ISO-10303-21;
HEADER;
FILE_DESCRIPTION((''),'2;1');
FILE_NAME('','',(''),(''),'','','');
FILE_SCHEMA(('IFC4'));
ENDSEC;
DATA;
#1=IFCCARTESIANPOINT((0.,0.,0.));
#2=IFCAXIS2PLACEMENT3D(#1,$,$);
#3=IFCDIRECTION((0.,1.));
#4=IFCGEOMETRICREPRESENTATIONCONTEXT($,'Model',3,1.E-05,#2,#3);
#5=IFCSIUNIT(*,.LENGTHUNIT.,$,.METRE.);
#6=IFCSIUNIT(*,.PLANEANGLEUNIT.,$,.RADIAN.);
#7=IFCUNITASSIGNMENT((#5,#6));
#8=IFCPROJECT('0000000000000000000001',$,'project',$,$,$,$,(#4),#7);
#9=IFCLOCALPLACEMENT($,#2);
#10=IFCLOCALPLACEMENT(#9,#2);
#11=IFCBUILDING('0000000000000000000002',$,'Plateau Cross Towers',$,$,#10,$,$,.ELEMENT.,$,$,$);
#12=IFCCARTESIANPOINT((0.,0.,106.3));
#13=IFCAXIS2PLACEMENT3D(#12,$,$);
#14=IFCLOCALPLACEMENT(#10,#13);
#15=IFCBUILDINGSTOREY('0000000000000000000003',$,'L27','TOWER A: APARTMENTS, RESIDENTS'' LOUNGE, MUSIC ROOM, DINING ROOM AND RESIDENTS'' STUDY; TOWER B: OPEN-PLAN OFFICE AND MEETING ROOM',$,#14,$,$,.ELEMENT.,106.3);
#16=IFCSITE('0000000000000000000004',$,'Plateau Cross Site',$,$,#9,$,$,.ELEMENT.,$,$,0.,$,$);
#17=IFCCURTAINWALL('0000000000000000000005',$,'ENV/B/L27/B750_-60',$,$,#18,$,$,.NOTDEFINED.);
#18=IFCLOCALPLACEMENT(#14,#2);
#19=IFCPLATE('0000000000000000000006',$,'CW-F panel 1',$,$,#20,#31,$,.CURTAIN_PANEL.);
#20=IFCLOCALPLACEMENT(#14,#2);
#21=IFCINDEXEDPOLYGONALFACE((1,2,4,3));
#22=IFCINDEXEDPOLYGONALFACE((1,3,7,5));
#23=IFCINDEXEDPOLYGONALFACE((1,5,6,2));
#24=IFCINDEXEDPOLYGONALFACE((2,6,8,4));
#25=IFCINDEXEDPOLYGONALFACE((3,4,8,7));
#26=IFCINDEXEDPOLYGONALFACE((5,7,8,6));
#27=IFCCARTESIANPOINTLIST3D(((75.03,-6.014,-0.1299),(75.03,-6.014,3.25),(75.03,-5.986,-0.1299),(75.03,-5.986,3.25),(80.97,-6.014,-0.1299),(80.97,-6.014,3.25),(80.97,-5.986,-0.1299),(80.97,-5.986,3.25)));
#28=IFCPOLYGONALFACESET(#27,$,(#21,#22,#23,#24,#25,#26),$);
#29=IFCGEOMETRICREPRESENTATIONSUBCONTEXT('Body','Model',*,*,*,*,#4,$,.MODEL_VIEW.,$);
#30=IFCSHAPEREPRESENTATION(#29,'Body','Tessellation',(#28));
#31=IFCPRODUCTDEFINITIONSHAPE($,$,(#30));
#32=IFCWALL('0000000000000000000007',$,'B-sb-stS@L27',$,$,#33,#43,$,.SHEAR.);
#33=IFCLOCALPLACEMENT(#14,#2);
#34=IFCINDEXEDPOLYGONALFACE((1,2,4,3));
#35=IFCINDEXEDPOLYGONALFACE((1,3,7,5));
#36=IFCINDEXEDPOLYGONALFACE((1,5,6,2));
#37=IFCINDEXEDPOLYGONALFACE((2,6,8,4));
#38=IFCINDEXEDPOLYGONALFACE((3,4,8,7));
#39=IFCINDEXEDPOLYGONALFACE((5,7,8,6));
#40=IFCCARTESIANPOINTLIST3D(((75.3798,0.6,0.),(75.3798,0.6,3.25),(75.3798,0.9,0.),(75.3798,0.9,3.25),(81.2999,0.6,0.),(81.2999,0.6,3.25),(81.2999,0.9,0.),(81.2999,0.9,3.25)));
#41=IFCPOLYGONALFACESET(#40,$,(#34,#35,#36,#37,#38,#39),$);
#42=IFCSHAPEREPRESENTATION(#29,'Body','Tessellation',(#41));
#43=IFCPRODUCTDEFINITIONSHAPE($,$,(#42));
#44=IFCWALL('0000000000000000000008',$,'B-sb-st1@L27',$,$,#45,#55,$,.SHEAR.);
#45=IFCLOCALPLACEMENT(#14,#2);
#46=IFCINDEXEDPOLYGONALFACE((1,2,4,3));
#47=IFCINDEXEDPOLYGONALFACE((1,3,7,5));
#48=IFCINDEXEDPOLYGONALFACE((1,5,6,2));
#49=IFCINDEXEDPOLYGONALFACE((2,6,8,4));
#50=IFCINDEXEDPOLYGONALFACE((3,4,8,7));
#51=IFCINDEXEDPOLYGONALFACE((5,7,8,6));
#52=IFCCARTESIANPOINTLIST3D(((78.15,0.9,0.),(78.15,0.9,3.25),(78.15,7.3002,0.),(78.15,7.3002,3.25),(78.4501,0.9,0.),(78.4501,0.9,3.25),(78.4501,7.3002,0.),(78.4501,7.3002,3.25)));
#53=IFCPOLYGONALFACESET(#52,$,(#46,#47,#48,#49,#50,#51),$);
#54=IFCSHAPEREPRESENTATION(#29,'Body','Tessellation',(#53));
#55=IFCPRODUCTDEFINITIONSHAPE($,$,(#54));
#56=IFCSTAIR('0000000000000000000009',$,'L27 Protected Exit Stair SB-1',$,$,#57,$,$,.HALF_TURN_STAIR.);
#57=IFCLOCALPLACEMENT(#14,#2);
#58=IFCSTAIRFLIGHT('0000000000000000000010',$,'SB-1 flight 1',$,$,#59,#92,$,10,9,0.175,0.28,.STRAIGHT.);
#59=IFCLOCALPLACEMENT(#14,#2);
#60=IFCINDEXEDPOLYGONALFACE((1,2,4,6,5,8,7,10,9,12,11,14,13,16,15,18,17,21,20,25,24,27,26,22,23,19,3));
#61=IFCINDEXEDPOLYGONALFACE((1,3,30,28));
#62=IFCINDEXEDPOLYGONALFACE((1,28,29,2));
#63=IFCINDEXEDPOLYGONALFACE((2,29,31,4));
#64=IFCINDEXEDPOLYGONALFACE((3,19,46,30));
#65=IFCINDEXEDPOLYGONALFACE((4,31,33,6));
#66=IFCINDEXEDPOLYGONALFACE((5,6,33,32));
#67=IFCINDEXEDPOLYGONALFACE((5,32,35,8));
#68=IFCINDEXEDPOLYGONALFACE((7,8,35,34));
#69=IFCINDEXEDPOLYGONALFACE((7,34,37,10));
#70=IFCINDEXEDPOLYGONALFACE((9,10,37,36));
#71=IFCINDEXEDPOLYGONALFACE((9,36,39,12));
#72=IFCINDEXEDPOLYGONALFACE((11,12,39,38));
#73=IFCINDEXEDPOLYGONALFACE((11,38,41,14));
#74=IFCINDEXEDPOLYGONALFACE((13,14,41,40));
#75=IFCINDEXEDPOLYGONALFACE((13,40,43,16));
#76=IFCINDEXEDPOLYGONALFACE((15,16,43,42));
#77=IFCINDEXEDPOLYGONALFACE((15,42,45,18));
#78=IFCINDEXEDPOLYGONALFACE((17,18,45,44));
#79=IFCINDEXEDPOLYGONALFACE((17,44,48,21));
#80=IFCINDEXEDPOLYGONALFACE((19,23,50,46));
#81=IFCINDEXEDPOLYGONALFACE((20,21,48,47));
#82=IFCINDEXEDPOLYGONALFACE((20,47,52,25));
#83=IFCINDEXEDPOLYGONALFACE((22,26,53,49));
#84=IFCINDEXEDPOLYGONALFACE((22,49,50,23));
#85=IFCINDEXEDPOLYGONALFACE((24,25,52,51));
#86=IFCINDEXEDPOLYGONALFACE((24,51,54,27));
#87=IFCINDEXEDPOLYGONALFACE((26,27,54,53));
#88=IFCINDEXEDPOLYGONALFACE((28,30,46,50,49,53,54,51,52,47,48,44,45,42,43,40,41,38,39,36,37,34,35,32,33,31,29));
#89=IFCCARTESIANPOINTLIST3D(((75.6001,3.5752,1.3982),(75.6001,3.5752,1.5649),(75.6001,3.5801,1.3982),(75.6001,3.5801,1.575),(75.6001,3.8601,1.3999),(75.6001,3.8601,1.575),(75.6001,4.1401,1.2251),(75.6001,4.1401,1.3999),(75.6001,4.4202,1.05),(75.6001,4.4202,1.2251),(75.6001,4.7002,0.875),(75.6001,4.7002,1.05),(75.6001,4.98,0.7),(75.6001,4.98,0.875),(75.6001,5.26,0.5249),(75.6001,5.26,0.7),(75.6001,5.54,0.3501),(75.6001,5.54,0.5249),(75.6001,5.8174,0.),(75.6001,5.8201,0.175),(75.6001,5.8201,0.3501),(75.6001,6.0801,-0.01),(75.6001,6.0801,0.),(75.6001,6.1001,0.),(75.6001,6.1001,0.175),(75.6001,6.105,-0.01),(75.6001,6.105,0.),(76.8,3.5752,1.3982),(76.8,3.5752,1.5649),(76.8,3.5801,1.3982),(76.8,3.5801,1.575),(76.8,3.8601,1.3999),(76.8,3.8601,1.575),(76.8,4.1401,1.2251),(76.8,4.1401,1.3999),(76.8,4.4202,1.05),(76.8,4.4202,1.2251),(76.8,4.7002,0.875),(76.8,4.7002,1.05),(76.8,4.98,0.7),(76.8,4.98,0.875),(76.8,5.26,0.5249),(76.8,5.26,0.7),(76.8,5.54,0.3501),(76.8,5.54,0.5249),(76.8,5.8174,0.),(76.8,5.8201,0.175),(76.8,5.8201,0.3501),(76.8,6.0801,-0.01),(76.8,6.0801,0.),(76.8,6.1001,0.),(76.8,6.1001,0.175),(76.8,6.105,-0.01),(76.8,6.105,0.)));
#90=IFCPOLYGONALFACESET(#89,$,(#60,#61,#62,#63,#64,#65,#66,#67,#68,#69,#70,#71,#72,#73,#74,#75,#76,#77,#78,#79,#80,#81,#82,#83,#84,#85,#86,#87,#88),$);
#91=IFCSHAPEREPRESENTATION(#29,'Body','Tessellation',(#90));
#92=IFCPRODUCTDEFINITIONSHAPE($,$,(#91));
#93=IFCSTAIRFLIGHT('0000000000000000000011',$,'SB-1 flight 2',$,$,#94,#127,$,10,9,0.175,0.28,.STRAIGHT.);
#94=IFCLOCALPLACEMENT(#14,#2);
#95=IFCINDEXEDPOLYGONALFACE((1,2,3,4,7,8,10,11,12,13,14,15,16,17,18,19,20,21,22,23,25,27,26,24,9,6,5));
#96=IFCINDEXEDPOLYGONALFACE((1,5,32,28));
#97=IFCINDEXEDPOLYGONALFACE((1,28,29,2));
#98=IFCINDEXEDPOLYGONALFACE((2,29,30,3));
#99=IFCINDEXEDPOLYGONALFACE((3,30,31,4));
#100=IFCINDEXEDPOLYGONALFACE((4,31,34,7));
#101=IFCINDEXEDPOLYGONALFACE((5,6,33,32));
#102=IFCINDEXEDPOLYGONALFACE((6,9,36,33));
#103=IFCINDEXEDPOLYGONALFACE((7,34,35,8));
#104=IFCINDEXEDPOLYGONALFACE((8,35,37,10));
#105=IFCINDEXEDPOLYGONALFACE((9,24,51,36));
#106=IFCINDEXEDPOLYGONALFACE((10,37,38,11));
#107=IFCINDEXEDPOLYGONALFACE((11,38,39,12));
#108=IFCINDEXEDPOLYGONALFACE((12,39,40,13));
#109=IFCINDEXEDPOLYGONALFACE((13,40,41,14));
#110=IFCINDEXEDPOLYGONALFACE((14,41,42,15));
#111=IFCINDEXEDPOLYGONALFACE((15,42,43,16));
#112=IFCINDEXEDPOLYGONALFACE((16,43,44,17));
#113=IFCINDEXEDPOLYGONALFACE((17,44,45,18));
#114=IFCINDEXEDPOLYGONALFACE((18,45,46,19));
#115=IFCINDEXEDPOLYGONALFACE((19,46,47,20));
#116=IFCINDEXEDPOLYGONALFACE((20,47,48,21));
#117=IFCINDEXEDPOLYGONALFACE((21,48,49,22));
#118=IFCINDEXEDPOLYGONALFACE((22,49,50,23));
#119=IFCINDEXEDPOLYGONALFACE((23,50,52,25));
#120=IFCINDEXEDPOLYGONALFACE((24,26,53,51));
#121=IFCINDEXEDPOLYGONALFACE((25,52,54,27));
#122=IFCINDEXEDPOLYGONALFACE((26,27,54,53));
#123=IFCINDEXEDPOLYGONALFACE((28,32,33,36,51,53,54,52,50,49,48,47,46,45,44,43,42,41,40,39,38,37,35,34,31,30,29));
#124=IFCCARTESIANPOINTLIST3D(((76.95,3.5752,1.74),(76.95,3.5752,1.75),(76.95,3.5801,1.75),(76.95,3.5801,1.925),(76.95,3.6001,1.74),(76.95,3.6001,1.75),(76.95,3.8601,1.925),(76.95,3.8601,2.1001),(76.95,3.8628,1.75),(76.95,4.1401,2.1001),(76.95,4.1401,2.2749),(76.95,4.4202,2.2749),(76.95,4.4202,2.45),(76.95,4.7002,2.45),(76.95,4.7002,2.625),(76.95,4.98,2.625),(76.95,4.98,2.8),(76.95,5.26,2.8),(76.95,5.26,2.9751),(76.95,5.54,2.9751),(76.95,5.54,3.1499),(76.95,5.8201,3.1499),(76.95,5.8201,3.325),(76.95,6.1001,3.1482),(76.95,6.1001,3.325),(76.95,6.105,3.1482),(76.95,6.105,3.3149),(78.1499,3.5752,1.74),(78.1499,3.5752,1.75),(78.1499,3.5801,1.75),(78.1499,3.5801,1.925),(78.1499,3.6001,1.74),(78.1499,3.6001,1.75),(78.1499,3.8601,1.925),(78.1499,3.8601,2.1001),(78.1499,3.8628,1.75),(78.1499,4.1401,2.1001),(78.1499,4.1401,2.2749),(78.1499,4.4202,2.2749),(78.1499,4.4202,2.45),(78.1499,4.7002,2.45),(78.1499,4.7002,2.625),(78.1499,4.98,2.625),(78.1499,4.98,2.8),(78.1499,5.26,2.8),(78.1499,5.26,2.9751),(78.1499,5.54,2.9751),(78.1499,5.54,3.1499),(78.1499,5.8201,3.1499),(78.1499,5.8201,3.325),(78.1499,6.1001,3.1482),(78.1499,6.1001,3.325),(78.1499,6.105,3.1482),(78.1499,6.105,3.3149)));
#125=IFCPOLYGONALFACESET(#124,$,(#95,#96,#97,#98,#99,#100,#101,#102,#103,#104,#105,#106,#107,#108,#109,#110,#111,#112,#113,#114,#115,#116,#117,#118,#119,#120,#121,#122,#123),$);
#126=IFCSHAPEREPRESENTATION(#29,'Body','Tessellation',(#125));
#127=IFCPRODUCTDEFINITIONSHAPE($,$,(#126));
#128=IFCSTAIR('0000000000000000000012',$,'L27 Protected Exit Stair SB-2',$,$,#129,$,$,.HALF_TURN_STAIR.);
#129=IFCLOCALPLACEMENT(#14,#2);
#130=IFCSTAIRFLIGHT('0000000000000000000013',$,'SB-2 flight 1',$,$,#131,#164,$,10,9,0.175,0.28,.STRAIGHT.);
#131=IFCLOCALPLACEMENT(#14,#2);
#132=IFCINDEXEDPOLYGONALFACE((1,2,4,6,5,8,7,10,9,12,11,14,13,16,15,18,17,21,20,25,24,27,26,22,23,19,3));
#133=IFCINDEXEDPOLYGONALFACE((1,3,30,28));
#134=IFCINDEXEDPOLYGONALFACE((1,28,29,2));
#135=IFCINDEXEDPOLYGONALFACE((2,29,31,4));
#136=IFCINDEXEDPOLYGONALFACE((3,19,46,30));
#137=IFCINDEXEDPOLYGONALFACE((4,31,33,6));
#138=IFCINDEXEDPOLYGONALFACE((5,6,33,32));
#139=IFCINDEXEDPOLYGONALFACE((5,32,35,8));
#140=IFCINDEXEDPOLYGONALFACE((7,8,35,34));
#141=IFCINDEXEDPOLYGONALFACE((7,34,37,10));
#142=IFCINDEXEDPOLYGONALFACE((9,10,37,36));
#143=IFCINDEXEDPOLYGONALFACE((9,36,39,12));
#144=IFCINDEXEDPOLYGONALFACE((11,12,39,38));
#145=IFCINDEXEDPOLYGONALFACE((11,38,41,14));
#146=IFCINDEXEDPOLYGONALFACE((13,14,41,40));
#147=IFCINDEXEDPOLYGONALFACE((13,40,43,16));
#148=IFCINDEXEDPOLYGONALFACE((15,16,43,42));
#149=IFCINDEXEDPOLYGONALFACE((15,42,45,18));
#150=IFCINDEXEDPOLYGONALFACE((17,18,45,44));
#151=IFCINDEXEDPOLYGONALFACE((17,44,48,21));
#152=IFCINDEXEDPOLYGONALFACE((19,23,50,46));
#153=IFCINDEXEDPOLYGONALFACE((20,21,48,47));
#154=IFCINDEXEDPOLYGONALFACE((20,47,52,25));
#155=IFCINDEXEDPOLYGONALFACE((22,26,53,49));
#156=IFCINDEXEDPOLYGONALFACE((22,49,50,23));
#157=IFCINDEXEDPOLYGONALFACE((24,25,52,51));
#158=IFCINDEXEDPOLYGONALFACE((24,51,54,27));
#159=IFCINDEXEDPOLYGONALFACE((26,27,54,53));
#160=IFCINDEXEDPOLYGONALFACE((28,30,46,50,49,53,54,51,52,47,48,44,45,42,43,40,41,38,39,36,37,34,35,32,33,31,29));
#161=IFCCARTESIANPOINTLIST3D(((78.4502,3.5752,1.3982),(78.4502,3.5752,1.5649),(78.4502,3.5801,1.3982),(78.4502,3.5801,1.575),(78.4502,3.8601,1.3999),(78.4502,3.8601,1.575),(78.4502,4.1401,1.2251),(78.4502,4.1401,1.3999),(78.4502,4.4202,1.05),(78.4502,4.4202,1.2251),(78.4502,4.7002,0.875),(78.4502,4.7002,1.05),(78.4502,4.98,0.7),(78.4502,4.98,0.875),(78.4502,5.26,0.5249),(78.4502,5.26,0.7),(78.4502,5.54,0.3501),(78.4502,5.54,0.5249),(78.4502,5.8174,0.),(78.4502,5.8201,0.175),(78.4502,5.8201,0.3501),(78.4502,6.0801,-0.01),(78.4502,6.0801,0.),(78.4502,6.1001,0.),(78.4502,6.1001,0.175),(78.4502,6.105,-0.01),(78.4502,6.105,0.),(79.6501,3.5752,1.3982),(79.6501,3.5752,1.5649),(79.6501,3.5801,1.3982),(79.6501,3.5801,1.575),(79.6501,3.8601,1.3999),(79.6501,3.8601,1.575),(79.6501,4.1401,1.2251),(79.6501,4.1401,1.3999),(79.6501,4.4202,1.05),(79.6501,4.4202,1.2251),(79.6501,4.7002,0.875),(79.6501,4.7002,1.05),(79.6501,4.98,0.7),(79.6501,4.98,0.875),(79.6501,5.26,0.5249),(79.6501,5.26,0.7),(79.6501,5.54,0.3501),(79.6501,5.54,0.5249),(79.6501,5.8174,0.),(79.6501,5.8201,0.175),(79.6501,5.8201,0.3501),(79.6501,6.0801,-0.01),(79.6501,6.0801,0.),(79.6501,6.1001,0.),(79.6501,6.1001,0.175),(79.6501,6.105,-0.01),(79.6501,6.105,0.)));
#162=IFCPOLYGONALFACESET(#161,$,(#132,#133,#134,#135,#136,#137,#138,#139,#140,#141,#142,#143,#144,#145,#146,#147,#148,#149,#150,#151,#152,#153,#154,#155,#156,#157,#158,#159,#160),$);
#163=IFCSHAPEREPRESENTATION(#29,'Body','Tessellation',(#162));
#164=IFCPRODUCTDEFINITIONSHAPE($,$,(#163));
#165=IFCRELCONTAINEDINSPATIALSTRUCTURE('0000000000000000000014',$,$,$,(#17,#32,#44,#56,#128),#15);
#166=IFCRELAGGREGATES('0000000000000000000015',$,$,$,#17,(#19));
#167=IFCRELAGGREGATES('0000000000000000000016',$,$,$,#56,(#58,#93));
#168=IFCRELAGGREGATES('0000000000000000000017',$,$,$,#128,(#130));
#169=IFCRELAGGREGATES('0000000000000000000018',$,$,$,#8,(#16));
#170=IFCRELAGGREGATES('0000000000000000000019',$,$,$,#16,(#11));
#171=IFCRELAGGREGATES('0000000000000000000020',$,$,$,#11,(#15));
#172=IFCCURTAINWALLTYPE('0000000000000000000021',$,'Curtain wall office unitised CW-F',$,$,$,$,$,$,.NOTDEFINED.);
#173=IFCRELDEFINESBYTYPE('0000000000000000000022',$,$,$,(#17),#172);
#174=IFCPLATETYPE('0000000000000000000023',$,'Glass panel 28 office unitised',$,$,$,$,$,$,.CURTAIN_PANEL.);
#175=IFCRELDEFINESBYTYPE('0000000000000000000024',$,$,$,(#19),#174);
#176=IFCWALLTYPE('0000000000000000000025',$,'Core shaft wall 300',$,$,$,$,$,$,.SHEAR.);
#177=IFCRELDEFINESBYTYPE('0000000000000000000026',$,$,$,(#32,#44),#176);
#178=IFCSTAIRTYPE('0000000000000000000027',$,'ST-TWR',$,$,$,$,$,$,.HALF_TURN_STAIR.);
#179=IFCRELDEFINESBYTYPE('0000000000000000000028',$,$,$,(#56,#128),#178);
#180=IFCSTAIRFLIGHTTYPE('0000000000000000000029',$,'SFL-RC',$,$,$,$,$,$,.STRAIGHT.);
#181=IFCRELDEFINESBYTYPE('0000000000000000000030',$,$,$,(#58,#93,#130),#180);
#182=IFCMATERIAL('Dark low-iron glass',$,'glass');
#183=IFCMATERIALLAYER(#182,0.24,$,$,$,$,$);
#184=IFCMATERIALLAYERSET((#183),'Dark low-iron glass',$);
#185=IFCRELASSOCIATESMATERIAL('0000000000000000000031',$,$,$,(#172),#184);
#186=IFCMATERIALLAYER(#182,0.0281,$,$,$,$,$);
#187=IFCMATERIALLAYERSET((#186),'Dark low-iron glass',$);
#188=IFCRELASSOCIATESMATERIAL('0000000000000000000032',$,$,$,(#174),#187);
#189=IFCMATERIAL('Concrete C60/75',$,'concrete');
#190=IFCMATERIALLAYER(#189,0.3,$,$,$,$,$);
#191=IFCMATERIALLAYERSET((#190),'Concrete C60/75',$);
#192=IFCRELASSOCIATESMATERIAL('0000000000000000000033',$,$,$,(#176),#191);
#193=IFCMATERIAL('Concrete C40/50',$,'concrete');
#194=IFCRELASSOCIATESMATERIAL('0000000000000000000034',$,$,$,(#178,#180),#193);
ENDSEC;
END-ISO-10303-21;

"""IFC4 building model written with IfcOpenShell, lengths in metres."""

from ifc_helpers import new_model, si_unit, direction, frame, frame_2d, origin, origin_2d, place, context, subcontext, project, spatial, polyline, rectangle, outline, extrude, material, layer, layer_set, type_object, element, aggregate, save


model = new_model("IFC4")

# Units and contexts
model_context = context("Model", 3, precision=1e-05, world=origin(), true_north=direction((0.0, 1.0)))
body_context = subcontext(model_context, "Body", "Model", "MODEL_VIEW")
ifc_project = project(units=[si_unit("LENGTHUNIT", "METRE"), si_unit("PLANEANGLEUNIT", "RADIAN")], contexts=[model_context])

# Site, building, storey
site_placement = place(None, origin())
site = spatial("IfcSite", under=ifc_project, at=site_placement, Name="Plateau Cross Site", CompositionType="ELEMENT", RefElevation=0.0)
building_placement = place(site_placement, origin())
building = spatial("IfcBuilding", under=site, at=building_placement, Name="Plateau Cross Towers", CompositionType="ELEMENT")
storey_placement = place(building_placement, frame((0.0, 0.0, 106.3)))
storey = spatial("IfcBuildingStorey", under=building, at=storey_placement, Name="L27", Description="TOWER A: APARTMENTS, RESIDENTS' LOUNGE, MUSIC ROOM, DINING ROOM AND RESIDENTS' STUDY; TOWER B: OPEN-PLAN OFFICE AND MEETING ROOM", CompositionType="ELEMENT", Elevation=106.3)

# Curtain wall, plate
ifc_material_1 = material(Name="Dark low-iron glass", Category="glass")
ifc_layer_1 = layer(ifc_material_1, 0.24)
ifc_layer_set_1 = layer_set([ifc_layer_1], Name="Dark low-iron glass")
curtain_wall_type = type_object("IfcCurtainWallType", Name="Curtain wall office unitised CW-F", PredefinedType="NOTDEFINED", material=ifc_layer_set_1)
curtain_wall_placement = place(storey_placement, origin())
curtain_wall = element("IfcCurtainWall", 1, at=curtain_wall_placement, inside=storey, type_object=curtain_wall_type, Name="ENV/B/L27/B750_-60", PredefinedType="NOTDEFINED")
ifc_layer_2 = layer(ifc_material_1, 0.0281)
ifc_layer_set_2 = layer_set([ifc_layer_2], Name="Dark low-iron glass")
plate_type = type_object("IfcPlateType", Name="Glass panel 28 office unitised", PredefinedType="CURTAIN_PANEL", material=ifc_layer_set_2)
plate_placement = place(storey_placement, frame((78.0, -6.0, -0.1299), z_axis=(0.0, 0.0, 1.0), x_axis=(1.0, 0.0, 0.0)))
plate = element("IfcPlate", 2, at=plate_placement, type_object=plate_type, Name="CW-F panel 1", PredefinedType="CURTAIN_PANEL", context=body_context, shape_type="SweptSolid", body=[
    extrude(rectangle(XDim=5.9399, YDim=0.0281, at=origin_2d()), origin(), (0.0, 0.0, 1.0), 3.3799),
])
aggregate(curtain_wall, [plate])

# Walls
ifc_material_2 = material(Name="Concrete C60/75", Category="concrete")
ifc_layer_3 = layer(ifc_material_2, 0.3)
ifc_layer_set_3 = layer_set([ifc_layer_3], Name="Concrete C60/75")
wall_type_1 = type_object("IfcWallType", Name="Core shaft wall 300", PredefinedType="SHEAR", material=ifc_layer_set_3)
wall_1_placement = place(storey_placement, frame((75.3799, 0.75, 0.0), z_axis=(0.0, 0.0, 1.0), x_axis=(1.0, 0.0, 0.0)))
element("IfcWall", 3, at=wall_1_placement, inside=storey, type_object=wall_type_1, Name="B-sb-stS@L27", PredefinedType="SHEAR", context=body_context, shape_type="SweptSolid", body=[
    extrude(rectangle(XDim=5.9202, YDim=0.3, at=frame_2d((2.96, 0.0))), origin(), (0.0, 0.0, 1.0), 3.25),
])
wall_2_placement = place(storey_placement, frame((78.3, 0.8999, 0.0), z_axis=(0.0, 0.0, 1.0), x_axis=(0.0, 1.0, 0.0)))
element("IfcWall", 4, at=wall_2_placement, inside=storey, type_object=wall_type_1, Name="B-sb-st1@L27", PredefinedType="SHEAR", context=body_context, shape_type="SweptSolid", body=[
    extrude(rectangle(XDim=6.4001, YDim=0.3, at=frame_2d((3.2002, 0.0))), origin(), (0.0, 0.0, 1.0), 3.25),
])

# Stair, stair flights
ifc_material_3 = material(Name="Concrete C40/50", Category="concrete")
stair_type = type_object("IfcStairType", Name="ST-TWR", PredefinedType="HALF_TURN_STAIR", material=ifc_material_3)
stair_1_placement = place(storey_placement, origin())
stair_1 = element("IfcStair", 5, at=stair_1_placement, inside=storey, type_object=stair_type, Name="L27 Protected Exit Stair SB-1", PredefinedType="HALF_TURN_STAIR")
stair_flight_type = type_object("IfcStairFlightType", Name="SFL-RC", PredefinedType="STRAIGHT", material=ifc_material_3)
stair_flight_1_placement = place(storey_placement, frame((76.2, 6.1001, 0.0), z_axis=(0.0, 0.0, 1.0), x_axis=(0.0, -1.0, 0.0)))
stair_flight_1 = element("IfcStairFlight", 6, at=stair_flight_1_placement, type_object=stair_flight_type, Name="SB-1 flight 1", NumberOfRisers=10, NumberOfTreads=9, PredefinedType="STRAIGHT", RiserHeight=0.175, TreadLength=0.28, context=body_context, shape_type="SweptSolid", body=[
    extrude(outline(polyline([(-0.0049, -0.01), (-0.0049, 0.0), (0.0, 0.0), (0.0, 0.175), (0.28, 0.175), (0.28, 0.3501), (0.5601, 0.3501), (0.5601, 0.5249), (0.8401, 0.5249), (0.8401, 0.7), (1.1201, 0.7), (1.1201, 0.875), (1.3999, 0.875), (1.3999, 1.05), (1.6799, 1.05), (1.6799, 1.2251), (1.96, 1.2251), (1.96, 1.3999), (2.24, 1.3999), (2.24, 1.575), (2.52, 1.575), (2.5249, 1.5649), (2.5249, 1.3982), (2.52, 1.3982), (0.2827, 0.0), (0.02, 0.0), (0.02, -0.01), (-0.0049, -0.01)])), frame((0.0, 0.6001, 0.0), z_axis=(0.0, -1.0, 0.0), x_axis=(1.0, 0.0, 0.0)), (0.0, 0.0, 1.0), 1.2),
])
stair_flight_2_placement = place(storey_placement, frame((77.55, 3.5801, 1.75), z_axis=(0.0, 0.0, 1.0), x_axis=(0.0, 1.0, 0.0)))
stair_flight_2 = element("IfcStairFlight", 7, at=stair_flight_2_placement, type_object=stair_flight_type, Name="SB-1 flight 2", NumberOfRisers=10, NumberOfTreads=9, PredefinedType="STRAIGHT", RiserHeight=0.175, TreadLength=0.28, context=body_context, shape_type="SweptSolid", body=[
    extrude(outline(polyline([(-0.0049, -0.01), (-0.0049, 0.0), (0.0, 0.0), (0.0, 0.175), (0.28, 0.175), (0.28, 0.3501), (0.5601, 0.3501), (0.5601, 0.5249), (0.8401, 0.5249), (0.8401, 0.7), (1.1201, 0.7), (1.1201, 0.875), (1.3999, 0.875), (1.3999, 1.05), (1.6799, 1.05), (1.6799, 1.2251), (1.96, 1.2251), (1.96, 1.3999), (2.24, 1.3999), (2.24, 1.575), (2.52, 1.575), (2.5249, 1.5649), (2.5249, 1.3982), (2.52, 1.3982), (0.2827, 0.0), (0.02, 0.0), (0.02, -0.01), (-0.0049, -0.01)])), frame((0.0, 0.6001, 0.0), z_axis=(0.0, -1.0, 0.0), x_axis=(1.0, 0.0, 0.0)), (0.0, 0.0, 1.0), 1.2),
])
aggregate(stair_1, [stair_flight_1, stair_flight_2])

# Stair, stair flight
stair_2_placement = place(storey_placement, origin())
stair_2 = element("IfcStair", 8, at=stair_2_placement, inside=storey, type_object=stair_type, Name="L27 Protected Exit Stair SB-2", PredefinedType="HALF_TURN_STAIR")
stair_flight_3_placement = place(storey_placement, frame((79.05, 6.1001, 0.0), z_axis=(0.0, 0.0, 1.0), x_axis=(0.0, -1.0, 0.0)))
stair_flight_3 = element("IfcStairFlight", 9, at=stair_flight_3_placement, type_object=stair_flight_type, Name="SB-2 flight 1", NumberOfRisers=10, NumberOfTreads=9, PredefinedType="STRAIGHT", RiserHeight=0.175, TreadLength=0.28, context=body_context, shape_type="SweptSolid", body=[
    extrude(outline(polyline([(-0.0049, -0.01), (-0.0049, 0.0), (0.0, 0.0), (0.0, 0.175), (0.28, 0.175), (0.28, 0.3501), (0.5601, 0.3501), (0.5601, 0.5249), (0.8401, 0.5249), (0.8401, 0.7), (1.1201, 0.7), (1.1201, 0.875), (1.3999, 0.875), (1.3999, 1.05), (1.6799, 1.05), (1.6799, 1.2251), (1.96, 1.2251), (1.96, 1.3999), (2.24, 1.3999), (2.24, 1.575), (2.52, 1.575), (2.5249, 1.5649), (2.5249, 1.3982), (2.52, 1.3982), (0.2827, 0.0), (0.02, 0.0), (0.02, -0.01), (-0.0049, -0.01)])), frame((0.0, 0.6001, 0.0), z_axis=(0.0, -1.0, 0.0), x_axis=(1.0, 0.0, 0.0)), (0.0, 0.0, 1.0), 1.2),
])
aggregate(stair_2, [stair_flight_3])

save(model, "model.ifc")
